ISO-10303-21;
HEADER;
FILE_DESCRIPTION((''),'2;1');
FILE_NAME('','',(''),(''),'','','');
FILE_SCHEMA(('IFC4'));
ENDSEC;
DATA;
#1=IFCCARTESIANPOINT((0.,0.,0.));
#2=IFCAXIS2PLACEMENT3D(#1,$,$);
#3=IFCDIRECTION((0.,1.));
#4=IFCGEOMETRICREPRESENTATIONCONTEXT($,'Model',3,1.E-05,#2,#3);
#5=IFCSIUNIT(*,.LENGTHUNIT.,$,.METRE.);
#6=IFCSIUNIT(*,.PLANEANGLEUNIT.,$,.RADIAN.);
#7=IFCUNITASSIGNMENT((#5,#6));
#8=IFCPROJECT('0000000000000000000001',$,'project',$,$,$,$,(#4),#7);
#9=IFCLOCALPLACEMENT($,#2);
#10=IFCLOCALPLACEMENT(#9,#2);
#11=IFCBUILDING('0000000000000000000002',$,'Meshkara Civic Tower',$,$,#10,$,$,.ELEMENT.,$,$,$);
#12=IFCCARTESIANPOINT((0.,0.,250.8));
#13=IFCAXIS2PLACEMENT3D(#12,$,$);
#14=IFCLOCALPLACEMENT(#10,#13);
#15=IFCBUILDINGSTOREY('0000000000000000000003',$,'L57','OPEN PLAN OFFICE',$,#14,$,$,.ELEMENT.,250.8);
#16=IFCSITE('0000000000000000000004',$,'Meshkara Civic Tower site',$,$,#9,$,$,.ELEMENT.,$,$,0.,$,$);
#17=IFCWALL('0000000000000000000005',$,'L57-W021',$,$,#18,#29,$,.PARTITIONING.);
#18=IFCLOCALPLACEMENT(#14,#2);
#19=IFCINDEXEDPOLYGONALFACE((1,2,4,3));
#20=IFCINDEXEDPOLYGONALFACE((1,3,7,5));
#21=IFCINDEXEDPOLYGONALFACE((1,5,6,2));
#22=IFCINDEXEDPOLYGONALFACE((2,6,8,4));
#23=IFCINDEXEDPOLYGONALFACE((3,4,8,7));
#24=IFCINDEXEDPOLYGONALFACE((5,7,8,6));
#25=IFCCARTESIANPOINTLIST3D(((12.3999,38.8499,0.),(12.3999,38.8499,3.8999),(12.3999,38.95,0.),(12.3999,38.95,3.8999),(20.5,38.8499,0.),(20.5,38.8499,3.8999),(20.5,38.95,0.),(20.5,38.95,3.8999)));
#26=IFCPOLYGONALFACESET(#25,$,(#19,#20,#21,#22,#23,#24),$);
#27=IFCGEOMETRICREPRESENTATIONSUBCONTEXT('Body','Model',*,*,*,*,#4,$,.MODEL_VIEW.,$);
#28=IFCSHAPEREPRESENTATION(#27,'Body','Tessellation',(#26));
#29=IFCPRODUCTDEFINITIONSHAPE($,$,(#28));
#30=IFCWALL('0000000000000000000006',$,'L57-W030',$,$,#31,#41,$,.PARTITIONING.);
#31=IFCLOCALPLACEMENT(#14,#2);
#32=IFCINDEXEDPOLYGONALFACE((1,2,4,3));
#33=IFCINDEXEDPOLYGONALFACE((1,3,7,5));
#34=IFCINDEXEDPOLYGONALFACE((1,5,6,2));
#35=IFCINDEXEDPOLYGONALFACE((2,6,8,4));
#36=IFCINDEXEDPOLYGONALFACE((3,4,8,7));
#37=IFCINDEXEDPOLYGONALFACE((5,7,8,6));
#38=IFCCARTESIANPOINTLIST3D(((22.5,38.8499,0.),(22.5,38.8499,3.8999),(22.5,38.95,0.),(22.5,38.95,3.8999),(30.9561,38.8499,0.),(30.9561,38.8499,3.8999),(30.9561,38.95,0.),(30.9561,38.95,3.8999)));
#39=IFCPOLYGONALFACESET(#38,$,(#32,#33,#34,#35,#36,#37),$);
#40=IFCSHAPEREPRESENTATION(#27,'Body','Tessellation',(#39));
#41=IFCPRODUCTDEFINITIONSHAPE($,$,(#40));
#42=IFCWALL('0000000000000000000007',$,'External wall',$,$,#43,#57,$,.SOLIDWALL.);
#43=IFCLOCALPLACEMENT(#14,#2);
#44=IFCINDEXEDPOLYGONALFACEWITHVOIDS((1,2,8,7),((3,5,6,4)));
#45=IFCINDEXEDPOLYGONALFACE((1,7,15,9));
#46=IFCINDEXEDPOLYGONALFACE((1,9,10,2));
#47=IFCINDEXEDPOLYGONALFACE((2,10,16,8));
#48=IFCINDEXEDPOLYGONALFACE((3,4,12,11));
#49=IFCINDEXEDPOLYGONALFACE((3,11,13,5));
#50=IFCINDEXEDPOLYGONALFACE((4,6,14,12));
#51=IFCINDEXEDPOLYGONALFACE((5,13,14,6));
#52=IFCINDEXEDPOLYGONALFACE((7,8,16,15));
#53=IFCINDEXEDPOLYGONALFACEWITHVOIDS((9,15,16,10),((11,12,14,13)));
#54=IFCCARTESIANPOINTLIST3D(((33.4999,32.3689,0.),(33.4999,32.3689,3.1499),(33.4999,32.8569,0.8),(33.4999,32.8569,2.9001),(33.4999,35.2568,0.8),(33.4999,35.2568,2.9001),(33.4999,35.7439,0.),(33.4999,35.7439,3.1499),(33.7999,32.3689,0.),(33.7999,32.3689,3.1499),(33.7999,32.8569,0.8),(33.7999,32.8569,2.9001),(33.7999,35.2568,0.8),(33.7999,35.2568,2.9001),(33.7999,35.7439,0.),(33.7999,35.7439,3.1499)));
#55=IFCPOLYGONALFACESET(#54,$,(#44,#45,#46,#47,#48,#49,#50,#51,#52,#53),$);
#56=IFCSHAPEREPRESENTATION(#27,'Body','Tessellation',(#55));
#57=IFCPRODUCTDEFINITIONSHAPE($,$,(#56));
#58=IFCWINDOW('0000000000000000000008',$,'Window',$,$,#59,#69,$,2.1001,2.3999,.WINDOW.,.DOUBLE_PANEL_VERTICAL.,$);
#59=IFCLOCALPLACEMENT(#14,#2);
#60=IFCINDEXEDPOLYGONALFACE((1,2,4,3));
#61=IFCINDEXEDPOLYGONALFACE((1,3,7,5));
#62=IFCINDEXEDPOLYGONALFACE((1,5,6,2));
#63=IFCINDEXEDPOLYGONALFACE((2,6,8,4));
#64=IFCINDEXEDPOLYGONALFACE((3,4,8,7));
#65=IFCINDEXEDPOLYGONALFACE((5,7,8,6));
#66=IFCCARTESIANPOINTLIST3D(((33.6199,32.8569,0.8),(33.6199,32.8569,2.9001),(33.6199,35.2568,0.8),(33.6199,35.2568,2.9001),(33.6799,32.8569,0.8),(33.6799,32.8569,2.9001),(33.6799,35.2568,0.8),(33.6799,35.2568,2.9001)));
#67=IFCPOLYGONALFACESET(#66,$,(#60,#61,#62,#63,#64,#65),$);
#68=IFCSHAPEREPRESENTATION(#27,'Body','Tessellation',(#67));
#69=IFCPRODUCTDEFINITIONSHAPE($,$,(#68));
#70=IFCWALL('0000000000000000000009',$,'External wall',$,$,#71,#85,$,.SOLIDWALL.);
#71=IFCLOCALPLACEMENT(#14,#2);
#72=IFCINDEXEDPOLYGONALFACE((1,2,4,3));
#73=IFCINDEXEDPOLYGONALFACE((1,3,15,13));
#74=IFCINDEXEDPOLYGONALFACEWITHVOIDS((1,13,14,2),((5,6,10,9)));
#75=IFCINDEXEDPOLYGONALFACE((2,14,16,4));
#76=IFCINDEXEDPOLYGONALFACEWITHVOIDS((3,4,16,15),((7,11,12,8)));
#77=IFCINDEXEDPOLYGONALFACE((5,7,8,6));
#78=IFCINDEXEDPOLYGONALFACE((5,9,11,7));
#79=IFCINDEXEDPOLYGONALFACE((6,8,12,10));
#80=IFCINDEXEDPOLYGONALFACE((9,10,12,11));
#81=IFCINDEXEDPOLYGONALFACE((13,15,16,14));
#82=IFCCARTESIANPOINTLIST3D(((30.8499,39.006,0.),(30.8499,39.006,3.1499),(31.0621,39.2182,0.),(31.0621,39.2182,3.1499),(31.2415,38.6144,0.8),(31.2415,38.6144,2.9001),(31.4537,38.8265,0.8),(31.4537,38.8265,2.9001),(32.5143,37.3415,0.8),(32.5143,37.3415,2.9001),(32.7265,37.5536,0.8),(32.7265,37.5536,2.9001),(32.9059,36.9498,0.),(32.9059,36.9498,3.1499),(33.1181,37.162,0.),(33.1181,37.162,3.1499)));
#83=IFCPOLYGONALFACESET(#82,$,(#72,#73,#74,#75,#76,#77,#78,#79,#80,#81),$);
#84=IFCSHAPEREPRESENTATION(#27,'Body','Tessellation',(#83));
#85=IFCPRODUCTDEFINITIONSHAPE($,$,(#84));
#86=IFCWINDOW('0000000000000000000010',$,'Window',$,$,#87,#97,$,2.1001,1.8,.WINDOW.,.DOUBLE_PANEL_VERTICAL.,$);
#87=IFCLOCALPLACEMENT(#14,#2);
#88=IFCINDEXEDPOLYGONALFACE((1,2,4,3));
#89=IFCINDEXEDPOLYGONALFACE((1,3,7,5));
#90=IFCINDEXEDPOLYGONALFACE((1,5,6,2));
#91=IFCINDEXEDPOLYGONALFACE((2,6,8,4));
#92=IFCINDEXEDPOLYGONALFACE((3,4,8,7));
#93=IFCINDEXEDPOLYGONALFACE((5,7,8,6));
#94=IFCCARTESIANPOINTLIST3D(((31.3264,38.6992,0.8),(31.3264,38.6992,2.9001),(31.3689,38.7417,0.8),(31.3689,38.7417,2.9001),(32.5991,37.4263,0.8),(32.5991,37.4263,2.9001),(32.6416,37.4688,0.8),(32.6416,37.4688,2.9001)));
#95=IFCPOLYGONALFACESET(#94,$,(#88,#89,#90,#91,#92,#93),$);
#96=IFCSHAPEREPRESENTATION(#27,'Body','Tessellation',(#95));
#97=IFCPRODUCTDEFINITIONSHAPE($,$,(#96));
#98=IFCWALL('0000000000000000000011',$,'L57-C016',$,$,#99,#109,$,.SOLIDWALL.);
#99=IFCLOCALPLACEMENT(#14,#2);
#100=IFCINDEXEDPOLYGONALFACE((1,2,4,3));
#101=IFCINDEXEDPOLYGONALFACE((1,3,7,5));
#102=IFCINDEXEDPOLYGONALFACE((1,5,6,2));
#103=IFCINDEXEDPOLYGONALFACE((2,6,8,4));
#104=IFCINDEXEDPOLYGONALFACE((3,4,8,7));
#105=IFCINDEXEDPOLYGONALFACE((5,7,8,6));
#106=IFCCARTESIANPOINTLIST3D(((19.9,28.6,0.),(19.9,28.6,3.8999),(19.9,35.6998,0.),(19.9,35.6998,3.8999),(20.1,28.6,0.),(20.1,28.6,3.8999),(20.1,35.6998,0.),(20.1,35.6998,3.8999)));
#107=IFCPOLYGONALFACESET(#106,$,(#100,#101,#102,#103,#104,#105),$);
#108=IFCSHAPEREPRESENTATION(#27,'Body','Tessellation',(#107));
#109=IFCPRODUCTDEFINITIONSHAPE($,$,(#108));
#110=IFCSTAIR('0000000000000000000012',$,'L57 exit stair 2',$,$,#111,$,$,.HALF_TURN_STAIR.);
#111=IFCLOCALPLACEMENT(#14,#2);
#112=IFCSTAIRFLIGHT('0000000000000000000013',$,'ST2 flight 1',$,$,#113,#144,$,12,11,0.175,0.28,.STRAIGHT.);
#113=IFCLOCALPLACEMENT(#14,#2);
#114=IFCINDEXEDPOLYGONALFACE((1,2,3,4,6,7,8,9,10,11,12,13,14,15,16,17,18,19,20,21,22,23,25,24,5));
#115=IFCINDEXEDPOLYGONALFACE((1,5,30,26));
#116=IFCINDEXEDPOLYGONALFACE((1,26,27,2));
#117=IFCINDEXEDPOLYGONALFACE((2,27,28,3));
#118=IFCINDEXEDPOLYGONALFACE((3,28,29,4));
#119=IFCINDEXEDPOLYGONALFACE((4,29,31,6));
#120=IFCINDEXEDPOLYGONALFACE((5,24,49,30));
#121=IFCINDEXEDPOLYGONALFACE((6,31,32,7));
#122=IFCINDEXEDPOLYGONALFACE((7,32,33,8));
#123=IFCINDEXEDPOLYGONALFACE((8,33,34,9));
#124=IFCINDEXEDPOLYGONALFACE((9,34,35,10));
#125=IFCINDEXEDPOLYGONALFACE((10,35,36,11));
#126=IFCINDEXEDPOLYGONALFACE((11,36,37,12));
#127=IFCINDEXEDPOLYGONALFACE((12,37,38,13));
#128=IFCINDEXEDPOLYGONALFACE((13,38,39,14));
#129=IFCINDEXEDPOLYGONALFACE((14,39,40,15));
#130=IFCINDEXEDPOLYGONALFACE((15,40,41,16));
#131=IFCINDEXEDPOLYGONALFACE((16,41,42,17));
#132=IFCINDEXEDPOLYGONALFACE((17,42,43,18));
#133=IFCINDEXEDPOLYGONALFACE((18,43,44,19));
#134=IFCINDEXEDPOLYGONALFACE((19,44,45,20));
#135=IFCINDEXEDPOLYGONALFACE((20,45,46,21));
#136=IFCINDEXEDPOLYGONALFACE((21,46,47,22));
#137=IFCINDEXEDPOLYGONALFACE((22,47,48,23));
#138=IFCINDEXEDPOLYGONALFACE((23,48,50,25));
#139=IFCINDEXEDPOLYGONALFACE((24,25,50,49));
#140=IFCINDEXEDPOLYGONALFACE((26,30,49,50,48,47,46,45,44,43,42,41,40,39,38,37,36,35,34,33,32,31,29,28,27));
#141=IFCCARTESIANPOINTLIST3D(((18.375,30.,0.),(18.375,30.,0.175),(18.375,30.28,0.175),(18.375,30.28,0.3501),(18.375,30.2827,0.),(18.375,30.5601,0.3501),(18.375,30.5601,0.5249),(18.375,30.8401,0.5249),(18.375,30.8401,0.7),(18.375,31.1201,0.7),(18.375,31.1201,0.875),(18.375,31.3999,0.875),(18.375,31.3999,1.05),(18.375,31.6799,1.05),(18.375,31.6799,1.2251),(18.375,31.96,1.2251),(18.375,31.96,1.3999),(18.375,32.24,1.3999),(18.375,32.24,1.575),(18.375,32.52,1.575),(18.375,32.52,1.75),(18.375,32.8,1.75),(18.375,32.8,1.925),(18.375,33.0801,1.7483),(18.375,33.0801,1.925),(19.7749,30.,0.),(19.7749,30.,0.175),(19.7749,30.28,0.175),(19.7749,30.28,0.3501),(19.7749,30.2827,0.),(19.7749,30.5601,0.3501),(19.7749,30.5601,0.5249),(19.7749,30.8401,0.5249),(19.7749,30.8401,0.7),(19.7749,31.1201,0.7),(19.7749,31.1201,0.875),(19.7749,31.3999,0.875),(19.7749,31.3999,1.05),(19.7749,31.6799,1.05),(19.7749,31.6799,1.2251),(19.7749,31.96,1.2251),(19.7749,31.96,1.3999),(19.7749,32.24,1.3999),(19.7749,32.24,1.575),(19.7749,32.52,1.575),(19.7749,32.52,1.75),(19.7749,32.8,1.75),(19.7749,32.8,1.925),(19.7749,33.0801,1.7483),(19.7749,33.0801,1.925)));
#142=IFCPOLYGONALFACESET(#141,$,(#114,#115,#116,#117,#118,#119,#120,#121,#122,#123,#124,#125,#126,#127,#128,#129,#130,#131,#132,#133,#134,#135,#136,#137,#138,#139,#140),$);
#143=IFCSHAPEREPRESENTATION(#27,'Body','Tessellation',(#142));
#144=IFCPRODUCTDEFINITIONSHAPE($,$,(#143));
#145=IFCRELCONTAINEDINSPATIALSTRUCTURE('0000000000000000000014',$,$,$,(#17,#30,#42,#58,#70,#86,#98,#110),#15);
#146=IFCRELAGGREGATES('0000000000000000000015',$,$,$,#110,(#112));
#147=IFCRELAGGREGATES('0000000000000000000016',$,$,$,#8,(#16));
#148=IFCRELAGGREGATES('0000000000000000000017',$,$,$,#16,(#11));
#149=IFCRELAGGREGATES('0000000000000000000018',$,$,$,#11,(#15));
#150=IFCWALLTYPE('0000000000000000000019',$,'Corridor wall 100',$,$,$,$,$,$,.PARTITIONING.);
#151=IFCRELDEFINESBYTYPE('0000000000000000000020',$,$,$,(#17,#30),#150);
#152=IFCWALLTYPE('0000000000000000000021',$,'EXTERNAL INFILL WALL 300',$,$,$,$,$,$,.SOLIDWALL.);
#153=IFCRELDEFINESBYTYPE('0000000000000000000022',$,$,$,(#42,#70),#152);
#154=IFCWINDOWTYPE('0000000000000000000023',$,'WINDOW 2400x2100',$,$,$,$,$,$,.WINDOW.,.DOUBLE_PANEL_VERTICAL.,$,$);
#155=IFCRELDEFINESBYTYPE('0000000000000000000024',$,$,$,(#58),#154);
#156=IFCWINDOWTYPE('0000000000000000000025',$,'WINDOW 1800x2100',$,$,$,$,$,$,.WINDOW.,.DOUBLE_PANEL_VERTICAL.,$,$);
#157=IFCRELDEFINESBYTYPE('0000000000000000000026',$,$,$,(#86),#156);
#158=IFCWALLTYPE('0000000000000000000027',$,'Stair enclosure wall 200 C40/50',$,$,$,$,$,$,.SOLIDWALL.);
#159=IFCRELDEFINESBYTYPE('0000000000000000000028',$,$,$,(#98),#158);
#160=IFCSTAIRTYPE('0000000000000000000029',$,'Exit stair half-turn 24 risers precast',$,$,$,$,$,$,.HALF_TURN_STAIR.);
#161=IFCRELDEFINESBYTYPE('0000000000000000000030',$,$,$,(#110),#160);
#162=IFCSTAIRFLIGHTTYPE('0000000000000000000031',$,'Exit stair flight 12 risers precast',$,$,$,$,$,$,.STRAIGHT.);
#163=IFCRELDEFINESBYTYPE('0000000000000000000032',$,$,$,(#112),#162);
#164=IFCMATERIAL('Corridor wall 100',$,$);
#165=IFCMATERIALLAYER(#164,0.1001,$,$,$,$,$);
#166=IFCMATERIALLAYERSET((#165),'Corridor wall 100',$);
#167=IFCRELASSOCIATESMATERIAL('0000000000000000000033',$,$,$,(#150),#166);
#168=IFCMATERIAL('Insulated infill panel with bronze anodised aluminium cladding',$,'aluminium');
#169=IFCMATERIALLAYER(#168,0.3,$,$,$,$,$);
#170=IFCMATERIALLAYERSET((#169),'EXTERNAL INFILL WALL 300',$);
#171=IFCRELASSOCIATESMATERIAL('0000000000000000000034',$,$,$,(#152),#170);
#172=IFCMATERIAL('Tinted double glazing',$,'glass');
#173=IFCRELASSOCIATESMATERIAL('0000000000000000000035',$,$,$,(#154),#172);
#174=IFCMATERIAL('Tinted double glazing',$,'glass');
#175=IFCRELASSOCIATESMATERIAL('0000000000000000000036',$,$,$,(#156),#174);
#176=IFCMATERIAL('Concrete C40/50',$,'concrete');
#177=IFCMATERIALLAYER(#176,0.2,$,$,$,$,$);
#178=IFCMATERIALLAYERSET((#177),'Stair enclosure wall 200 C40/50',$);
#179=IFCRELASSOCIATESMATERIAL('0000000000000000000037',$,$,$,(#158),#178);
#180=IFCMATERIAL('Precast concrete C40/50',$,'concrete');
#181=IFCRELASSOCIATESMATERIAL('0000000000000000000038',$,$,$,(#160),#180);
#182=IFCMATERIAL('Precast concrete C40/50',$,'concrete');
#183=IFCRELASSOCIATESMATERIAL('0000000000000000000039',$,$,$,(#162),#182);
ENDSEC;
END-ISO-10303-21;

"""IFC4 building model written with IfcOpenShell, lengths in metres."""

from ifc_helpers import new_model, si_unit, direction, frame, frame_2d, origin, place, context, subcontext, project, spatial, polyline, rectangle, outline, extrude, material, layer, layer_set, type_object, element, fill, aggregate, save


model = new_model("IFC4")

# Units and contexts
model_context = context("Model", 3, precision=1e-05, world=origin(), true_north=direction((0.0, 1.0)))
body_context = subcontext(model_context, "Body", "Model", "MODEL_VIEW")
ifc_project = project(units=[si_unit("LENGTHUNIT", "METRE"), si_unit("PLANEANGLEUNIT", "RADIAN")], contexts=[model_context])

# Site, building, storey
site_placement = place(None, origin())
site = spatial("IfcSite", under=ifc_project, at=site_placement, Name="Meshkara Civic Tower site", CompositionType="ELEMENT", RefElevation=0.0)
building_placement = place(site_placement, origin())
building = spatial("IfcBuilding", under=site, at=building_placement, Name="Meshkara Civic Tower", CompositionType="ELEMENT")
storey_placement = place(building_placement, frame((0.0, 0.0, 250.8)))
storey = spatial("IfcBuildingStorey", under=building, at=storey_placement, Name="L57", Description="OPEN PLAN OFFICE", CompositionType="ELEMENT", Elevation=250.8)

# Walls
ifc_material_1 = material(Name="Corridor wall 100")
ifc_layer_1 = layer(ifc_material_1, 0.1001)
ifc_layer_set_1 = layer_set([ifc_layer_1], Name="Corridor wall 100")
wall_type_1 = type_object("IfcWallType", Name="Corridor wall 100", PredefinedType="PARTITIONING", material=ifc_layer_set_1)
wall_1_placement = place(storey_placement, frame((20.5, 38.8999, 0.0), z_axis=(0.0, 0.0, 1.0), x_axis=(-1.0, 0.0, 0.0)))
element("IfcWall", 1, at=wall_1_placement, inside=storey, type_object=wall_type_1, Name="L57-W021", PredefinedType="PARTITIONING", context=body_context, shape_type="SweptSolid", body=[
    extrude(rectangle(XDim=8.1001, YDim=0.1001, at=frame_2d((4.05, 0.0))), origin(), (0.0, 0.0, 1.0), 3.8999),
])
wall_2_placement = place(storey_placement, frame((30.9561, 38.8999, 0.0), z_axis=(0.0, 0.0, 1.0), x_axis=(-1.0, 0.0, 0.0)))
element("IfcWall", 2, at=wall_2_placement, inside=storey, type_object=wall_type_1, Name="L57-W030", PredefinedType="PARTITIONING", context=body_context, shape_type="SweptSolid", body=[
    extrude(rectangle(XDim=8.4561, YDim=0.1001, at=frame_2d((4.228, 0.0))), origin(), (0.0, 0.0, 1.0), 3.8999),
])

# Walls, openings, windows
ifc_material_2 = material(Name="Insulated infill panel with bronze anodised aluminium cladding", Category="aluminium")
ifc_layer_2 = layer(ifc_material_2, 0.3)
ifc_layer_set_2 = layer_set([ifc_layer_2], Name="EXTERNAL INFILL WALL 300")
wall_type_2 = type_object("IfcWallType", Name="EXTERNAL INFILL WALL 300", PredefinedType="SOLIDWALL", material=ifc_layer_set_2)
wall_3_placement = place(storey_placement, frame((33.6499, 32.3689, 0.0), z_axis=(0.0, 0.0, 1.0), x_axis=(0.0, 1.0, 0.0)))
wall_3 = element("IfcWall", 3, at=wall_3_placement, inside=storey, type_object=wall_type_2, Name="External wall", PredefinedType="SOLIDWALL", context=body_context, shape_type="SweptSolid", body=[
    extrude(rectangle(XDim=3.375, YDim=0.3, at=frame_2d((1.6875, 0.0))), origin(), (0.0, 0.0, 1.0), 3.1499),
])
opening_1_placement = place(wall_3_placement, frame((0.488, 0.0, 0.8)))
opening_1 = element("IfcOpeningElement", 4, at=opening_1_placement, cuts=wall_3, PredefinedType="OPENING", context=body_context, shape_type="SweptSolid", body=[
    extrude(rectangle(XDim=2.3999, YDim=2.1001, at=frame_2d((1.2, 1.05))), frame((0.0, 0.1599, 0.0), z_axis=(0.0, -1.0, 0.0), x_axis=(1.0, 0.0, 0.0)), (0.0, 0.0, 1.0), 0.3201),
])
ifc_material_3 = material(Name="Tinted double glazing", Category="glass")
window_type_1 = type_object("IfcWindowType", Name="WINDOW 2400x2100", PartitioningType="DOUBLE_PANEL_VERTICAL", PredefinedType="WINDOW", material=ifc_material_3)
window_1_placement = place(opening_1_placement, origin())
window_1 = element("IfcWindow", 5, at=window_1_placement, inside=storey, type_object=window_type_1, Name="Window", OverallHeight=2.1001, OverallWidth=2.3999, PartitioningType="DOUBLE_PANEL_VERTICAL", PredefinedType="WINDOW", context=body_context, shape_type="SweptSolid", body=[
    extrude(rectangle(XDim=2.3999, YDim=2.1001, at=frame_2d((1.2, 1.05))), frame((0.0, 0.03, 0.0), z_axis=(0.0, -1.0, 0.0), x_axis=(1.0, 0.0, 0.0)), (0.0, 0.0, 1.0), 0.0601),
])
fill(opening_1, window_1)
wall_4_placement = place(storey_placement, frame((33.012, 37.0559, 0.0), z_axis=(0.0, 0.0, 1.0), x_axis=(-0.707065, 0.707149, 0.0)))
wall_4 = element("IfcWall", 6, at=wall_4_placement, inside=storey, type_object=wall_type_2, Name="External wall", PredefinedType="SOLIDWALL", context=body_context, shape_type="SweptSolid", body=[
    extrude(rectangle(XDim=2.9077, YDim=0.3, at=frame_2d((1.4539, 0.0))), origin(), (0.0, 0.0, 1.0), 3.1499),
])
opening_2_placement = place(wall_4_placement, frame((0.554, 0.0, 0.8)))
opening_2 = element("IfcOpeningElement", 7, at=opening_2_placement, cuts=wall_4, PredefinedType="OPENING", context=body_context, shape_type="SweptSolid", body=[
    extrude(rectangle(XDim=1.8, YDim=2.1001, at=frame_2d((0.8999, 1.05))), frame((0.0, 0.1599, 0.0), z_axis=(0.0, -1.0, 0.0), x_axis=(1.0, 0.0, 0.0)), (0.0, 0.0, 1.0), 0.3201),
])
ifc_material_4 = material(Name="Tinted double glazing", Category="glass")
window_type_2 = type_object("IfcWindowType", Name="WINDOW 1800x2100", PartitioningType="DOUBLE_PANEL_VERTICAL", PredefinedType="WINDOW", material=ifc_material_4)
window_2_placement = place(opening_2_placement, origin())
window_2 = element("IfcWindow", 8, at=window_2_placement, inside=storey, type_object=window_type_2, Name="Window", OverallHeight=2.1001, OverallWidth=1.8, PartitioningType="DOUBLE_PANEL_VERTICAL", PredefinedType="WINDOW", context=body_context, shape_type="SweptSolid", body=[
    extrude(rectangle(XDim=1.8, YDim=2.1001, at=frame_2d((0.8999, 1.05))), frame((0.0, 0.03, 0.0), z_axis=(0.0, -1.0, 0.0), x_axis=(1.0, 0.0, 0.0)), (0.0, 0.0, 1.0), 0.0601),
])
fill(opening_2, window_2)

# Wall
ifc_material_5 = material(Name="Concrete C40/50", Category="concrete")
ifc_layer_3 = layer(ifc_material_5, 0.2)
ifc_layer_set_3 = layer_set([ifc_layer_3], Name="Stair enclosure wall 200 C40/50")
wall_type_3 = type_object("IfcWallType", Name="Stair enclosure wall 200 C40/50", PredefinedType="SOLIDWALL", material=ifc_layer_set_3)
wall_5_placement = place(storey_placement, frame((20.0, 28.6001, 0.0), z_axis=(0.0, 0.0, 1.0), x_axis=(0.0, 1.0, 0.0)))
element("IfcWall", 9, at=wall_5_placement, inside=storey, type_object=wall_type_3, Name="L57-C016", PredefinedType="SOLIDWALL", context=body_context, shape_type="SweptSolid", body=[
    extrude(rectangle(XDim=7.0999, YDim=0.2, at=frame_2d((3.5498, 0.0))), origin(), (0.0, 0.0, 1.0), 3.8999),
])

# Stair, stair flight
ifc_material_6 = material(Name="Precast concrete C40/50", Category="concrete")
stair_type = type_object("IfcStairType", Name="Exit stair half-turn 24 risers precast", PredefinedType="HALF_TURN_STAIR", material=ifc_material_6)
stair_placement = place(storey_placement, origin())
stair = element("IfcStair", 10, at=stair_placement, inside=storey, type_object=stair_type, Name="L57 exit stair 2", PredefinedType="HALF_TURN_STAIR")
ifc_material_7 = material(Name="Precast concrete C40/50", Category="concrete")
stair_flight_type = type_object("IfcStairFlightType", Name="Exit stair flight 12 risers precast", PredefinedType="STRAIGHT", material=ifc_material_7)
stair_flight_1_placement = place(storey_placement, frame((19.075, 30.0, 0.0), z_axis=(0.0, 0.0, 1.0), x_axis=(0.0, 1.0, 0.0)))
stair_flight_1 = element("IfcStairFlight", 11, at=stair_flight_1_placement, type_object=stair_flight_type, Name="ST2 flight 1", NumberOfRisers=12, NumberOfTreads=11, PredefinedType="STRAIGHT", RiserHeight=0.175, TreadLength=0.28, context=body_context, shape_type="SweptSolid", body=[
    extrude(outline(polyline([(0.0, 0.0), (0.0, 0.175), (0.28, 0.175), (0.28, 0.3501), (0.5601, 0.3501), (0.5601, 0.5249), (0.8401, 0.5249), (0.8401, 0.7), (1.1201, 0.7), (1.1201, 0.875), (1.3999, 0.875), (1.3999, 1.05), (1.6799, 1.05), (1.6799, 1.2251), (1.96, 1.2251), (1.96, 1.3999), (2.24, 1.3999), (2.24, 1.575), (2.52, 1.575), (2.52, 1.75), (2.8, 1.75), (2.8, 1.925), (3.0801, 1.925), (3.0801, 2.1001), (3.0801, 1.7483), (0.2827, 0.0), (0.0, 0.0)])), frame((0.0, 0.7, 0.0), z_axis=(0.0, -1.0, 0.0), x_axis=(1.0, 0.0, 0.0)), (0.0, 0.0, 1.0), 1.3999),
])
aggregate(stair, [stair_flight_1])

save(model, "model.ifc")
